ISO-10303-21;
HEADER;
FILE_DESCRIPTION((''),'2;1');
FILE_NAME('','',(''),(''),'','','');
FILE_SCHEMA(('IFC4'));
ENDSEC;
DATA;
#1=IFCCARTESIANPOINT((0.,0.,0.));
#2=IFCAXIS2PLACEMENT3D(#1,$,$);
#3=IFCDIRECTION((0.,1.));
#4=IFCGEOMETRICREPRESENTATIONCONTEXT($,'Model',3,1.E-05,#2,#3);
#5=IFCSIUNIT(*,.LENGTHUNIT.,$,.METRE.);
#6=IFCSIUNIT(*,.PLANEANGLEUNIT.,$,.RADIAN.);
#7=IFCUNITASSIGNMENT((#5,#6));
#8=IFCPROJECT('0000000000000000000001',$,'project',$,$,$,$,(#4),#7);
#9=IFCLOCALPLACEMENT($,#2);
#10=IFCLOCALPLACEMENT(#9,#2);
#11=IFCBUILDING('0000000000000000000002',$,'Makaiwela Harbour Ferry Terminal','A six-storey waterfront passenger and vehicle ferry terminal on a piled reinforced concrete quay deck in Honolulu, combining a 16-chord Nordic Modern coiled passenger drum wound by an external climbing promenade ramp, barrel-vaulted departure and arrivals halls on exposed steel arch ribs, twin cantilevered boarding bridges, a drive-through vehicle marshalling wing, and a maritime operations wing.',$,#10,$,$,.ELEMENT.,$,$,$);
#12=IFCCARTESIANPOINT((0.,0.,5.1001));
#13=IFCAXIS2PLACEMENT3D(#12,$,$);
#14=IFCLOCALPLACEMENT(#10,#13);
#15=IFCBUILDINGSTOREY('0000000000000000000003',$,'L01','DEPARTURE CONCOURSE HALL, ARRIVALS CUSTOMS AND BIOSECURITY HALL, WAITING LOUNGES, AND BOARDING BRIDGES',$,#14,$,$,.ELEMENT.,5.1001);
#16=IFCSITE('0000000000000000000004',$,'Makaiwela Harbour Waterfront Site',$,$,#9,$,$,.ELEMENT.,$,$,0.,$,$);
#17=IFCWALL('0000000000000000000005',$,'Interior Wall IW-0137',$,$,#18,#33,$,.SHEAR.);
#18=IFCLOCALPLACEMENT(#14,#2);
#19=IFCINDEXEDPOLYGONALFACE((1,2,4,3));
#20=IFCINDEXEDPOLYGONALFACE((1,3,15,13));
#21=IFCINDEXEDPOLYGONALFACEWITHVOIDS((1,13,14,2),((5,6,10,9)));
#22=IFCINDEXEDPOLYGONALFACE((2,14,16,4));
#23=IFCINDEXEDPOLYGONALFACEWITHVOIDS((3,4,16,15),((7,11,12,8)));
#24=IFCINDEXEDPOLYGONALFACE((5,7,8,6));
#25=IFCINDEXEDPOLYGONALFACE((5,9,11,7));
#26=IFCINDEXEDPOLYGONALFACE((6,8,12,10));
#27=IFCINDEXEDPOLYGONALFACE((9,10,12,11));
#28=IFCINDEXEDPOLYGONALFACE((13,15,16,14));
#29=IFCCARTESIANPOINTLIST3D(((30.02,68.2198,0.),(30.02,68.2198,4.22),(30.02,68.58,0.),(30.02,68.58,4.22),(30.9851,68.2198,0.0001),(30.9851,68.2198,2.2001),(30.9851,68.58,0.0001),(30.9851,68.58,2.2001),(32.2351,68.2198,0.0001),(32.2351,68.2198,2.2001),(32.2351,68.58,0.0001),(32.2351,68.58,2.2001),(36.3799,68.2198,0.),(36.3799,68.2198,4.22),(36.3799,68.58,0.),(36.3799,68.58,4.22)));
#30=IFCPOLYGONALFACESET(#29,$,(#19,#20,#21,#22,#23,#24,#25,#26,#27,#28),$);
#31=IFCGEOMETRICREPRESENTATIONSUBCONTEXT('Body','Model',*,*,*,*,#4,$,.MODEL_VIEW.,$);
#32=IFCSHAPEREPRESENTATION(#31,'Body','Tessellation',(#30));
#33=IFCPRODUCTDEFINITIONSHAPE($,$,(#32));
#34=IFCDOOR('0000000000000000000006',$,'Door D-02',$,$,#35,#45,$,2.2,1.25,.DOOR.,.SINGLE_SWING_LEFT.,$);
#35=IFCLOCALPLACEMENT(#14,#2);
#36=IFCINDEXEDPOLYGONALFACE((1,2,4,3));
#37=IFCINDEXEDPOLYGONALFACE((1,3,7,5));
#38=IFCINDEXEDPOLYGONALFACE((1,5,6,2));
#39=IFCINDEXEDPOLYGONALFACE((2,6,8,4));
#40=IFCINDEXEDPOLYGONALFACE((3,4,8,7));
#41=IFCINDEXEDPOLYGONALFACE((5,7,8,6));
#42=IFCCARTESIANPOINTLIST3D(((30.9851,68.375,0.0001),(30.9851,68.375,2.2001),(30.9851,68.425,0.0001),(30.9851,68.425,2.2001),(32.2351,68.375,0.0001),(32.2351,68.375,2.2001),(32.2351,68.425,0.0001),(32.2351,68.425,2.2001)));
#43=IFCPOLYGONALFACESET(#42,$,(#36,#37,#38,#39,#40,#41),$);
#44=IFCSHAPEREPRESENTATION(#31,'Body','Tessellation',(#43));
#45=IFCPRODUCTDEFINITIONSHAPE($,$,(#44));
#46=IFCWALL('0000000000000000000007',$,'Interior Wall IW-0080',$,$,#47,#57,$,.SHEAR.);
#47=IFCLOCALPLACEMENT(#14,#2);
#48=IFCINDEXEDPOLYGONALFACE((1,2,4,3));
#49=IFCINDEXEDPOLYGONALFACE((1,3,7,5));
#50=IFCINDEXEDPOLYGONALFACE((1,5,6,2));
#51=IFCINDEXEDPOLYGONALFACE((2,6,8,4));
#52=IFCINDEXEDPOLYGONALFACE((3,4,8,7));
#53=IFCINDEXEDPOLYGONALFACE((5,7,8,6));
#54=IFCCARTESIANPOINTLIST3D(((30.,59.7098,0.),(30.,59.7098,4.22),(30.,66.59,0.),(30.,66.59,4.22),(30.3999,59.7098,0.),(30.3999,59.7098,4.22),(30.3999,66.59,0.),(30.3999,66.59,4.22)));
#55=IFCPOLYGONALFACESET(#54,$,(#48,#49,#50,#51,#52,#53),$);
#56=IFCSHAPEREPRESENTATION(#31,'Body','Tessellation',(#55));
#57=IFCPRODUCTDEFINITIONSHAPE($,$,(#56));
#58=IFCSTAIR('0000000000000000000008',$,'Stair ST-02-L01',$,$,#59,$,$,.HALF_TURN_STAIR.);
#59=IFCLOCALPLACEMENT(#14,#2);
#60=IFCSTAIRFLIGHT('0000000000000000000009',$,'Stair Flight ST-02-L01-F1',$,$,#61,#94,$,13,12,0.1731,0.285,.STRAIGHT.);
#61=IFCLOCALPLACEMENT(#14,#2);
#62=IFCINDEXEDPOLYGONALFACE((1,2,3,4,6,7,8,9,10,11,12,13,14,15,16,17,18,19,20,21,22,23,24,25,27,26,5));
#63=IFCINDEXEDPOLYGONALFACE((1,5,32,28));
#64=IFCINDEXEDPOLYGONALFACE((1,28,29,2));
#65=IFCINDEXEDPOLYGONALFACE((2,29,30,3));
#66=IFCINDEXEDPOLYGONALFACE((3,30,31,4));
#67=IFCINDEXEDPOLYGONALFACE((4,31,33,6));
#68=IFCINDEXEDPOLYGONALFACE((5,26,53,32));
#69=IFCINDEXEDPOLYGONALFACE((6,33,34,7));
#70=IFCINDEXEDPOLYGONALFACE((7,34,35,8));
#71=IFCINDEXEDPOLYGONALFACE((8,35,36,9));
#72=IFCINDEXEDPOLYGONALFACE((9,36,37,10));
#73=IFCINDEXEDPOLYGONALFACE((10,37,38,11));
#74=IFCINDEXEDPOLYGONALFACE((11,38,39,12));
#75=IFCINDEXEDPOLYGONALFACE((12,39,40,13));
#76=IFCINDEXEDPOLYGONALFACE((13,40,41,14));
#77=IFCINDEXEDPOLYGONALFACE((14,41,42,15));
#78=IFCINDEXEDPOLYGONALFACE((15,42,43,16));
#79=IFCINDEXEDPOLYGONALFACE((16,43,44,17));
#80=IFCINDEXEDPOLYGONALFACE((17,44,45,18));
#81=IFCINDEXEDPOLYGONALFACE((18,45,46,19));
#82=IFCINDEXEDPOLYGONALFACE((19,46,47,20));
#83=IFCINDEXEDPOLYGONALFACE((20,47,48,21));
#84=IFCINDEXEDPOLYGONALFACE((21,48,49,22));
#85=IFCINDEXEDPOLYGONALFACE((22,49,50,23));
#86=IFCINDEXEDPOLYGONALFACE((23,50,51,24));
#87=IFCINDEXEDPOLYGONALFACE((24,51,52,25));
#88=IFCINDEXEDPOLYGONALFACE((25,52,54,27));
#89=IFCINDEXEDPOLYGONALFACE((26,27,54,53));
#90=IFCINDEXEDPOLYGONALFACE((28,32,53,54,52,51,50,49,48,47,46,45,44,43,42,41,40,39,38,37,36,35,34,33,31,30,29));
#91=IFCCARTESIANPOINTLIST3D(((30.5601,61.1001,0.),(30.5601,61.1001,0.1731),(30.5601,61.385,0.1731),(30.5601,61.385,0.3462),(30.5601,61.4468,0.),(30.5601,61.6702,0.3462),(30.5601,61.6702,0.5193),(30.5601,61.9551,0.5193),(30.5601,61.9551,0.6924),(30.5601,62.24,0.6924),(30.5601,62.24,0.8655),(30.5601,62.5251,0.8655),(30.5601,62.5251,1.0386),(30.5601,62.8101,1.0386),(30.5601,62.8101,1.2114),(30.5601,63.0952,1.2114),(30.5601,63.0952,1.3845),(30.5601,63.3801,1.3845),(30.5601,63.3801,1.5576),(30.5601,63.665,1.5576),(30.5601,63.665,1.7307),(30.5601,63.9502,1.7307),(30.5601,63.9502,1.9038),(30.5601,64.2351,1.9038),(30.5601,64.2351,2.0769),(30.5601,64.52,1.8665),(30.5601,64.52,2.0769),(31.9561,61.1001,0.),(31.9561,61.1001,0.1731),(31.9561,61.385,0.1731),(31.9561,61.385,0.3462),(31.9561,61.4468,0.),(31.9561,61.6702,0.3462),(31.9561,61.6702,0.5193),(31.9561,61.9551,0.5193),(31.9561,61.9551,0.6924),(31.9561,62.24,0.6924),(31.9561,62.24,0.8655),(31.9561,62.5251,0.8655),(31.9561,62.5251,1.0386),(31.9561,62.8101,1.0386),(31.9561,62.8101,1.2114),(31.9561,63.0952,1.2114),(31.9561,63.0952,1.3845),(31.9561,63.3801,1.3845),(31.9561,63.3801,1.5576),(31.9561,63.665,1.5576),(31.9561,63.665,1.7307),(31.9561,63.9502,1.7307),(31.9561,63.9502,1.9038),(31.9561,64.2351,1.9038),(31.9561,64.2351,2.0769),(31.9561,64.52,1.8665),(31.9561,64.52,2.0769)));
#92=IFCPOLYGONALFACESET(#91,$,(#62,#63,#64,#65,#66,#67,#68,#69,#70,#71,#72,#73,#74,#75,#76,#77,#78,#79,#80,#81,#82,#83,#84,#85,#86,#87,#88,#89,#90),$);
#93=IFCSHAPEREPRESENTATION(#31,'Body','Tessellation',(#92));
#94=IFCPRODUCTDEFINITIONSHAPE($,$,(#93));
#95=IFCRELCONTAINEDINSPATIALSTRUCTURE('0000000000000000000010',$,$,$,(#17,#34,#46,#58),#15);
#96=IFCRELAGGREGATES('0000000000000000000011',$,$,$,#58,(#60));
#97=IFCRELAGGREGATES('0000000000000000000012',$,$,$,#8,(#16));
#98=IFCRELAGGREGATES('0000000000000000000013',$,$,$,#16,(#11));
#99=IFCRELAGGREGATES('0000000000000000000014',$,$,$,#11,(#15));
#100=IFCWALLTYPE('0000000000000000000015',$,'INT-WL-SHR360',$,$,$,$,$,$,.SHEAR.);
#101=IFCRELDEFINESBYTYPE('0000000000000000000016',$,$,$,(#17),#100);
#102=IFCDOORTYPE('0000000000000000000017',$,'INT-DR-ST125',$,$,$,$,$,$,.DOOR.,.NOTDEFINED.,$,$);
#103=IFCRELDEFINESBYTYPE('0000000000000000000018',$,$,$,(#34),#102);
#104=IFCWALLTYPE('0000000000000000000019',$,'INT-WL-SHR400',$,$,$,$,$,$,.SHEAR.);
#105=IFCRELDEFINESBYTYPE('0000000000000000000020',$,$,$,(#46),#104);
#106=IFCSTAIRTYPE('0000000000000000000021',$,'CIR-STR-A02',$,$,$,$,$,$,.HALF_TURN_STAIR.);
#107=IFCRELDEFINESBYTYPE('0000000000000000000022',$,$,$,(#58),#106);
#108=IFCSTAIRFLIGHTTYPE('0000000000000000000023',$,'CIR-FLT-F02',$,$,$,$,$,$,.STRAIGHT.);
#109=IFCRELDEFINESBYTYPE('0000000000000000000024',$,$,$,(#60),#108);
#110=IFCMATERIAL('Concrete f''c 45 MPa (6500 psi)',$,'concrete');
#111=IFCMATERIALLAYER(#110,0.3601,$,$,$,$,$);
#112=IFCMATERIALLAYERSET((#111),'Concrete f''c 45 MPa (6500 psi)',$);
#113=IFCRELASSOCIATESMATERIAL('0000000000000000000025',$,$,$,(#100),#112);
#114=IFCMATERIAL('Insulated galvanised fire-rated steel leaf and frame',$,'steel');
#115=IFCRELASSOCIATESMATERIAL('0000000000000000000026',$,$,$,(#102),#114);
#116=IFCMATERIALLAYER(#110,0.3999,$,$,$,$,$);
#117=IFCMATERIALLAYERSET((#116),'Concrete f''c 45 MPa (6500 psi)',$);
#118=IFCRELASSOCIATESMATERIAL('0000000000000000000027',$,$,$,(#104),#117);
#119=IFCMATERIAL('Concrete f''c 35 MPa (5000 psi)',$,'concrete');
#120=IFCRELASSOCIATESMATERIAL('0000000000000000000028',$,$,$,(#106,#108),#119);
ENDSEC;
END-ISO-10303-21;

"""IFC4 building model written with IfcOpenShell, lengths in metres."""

from ifc_helpers import new_model, si_unit, direction, frame, frame_2d, origin, place, context, subcontext, project, spatial, polyline, rectangle, outline, extrude, material, layer, layer_set, type_object, element, fill, aggregate, save


model = new_model("IFC4")

# Units and contexts
model_context = context("Model", 3, precision=1e-05, world=origin(), true_north=direction((0.0, 1.0)))
body_context = subcontext(model_context, "Body", "Model", "MODEL_VIEW")
ifc_project = project(units=[si_unit("LENGTHUNIT", "METRE"), si_unit("PLANEANGLEUNIT", "RADIAN")], contexts=[model_context])

# Site, building, storey
site_placement = place(None, origin())
site = spatial("IfcSite", under=ifc_project, at=site_placement, Name="Makaiwela Harbour Waterfront Site", CompositionType="ELEMENT", RefElevation=0.0)
building_placement = place(site_placement, origin())
building = spatial("IfcBuilding", under=site, at=building_placement, Name="Makaiwela Harbour Ferry Terminal", Description="A six-storey waterfront passenger and vehicle ferry terminal on a piled reinforced concrete quay deck in Honolulu, combining a 16-chord Nordic Modern coiled passenger drum wound by an external climbing promenade ramp, barrel-vaulted departure and arrivals halls on exposed steel arch ribs, twin cantilevered boarding bridges, a drive-through vehicle marshalling wing, and a maritime operations wing.", CompositionType="ELEMENT")
storey_placement = place(building_placement, frame((0.0, 0.0, 5.1001)))
storey = spatial("IfcBuildingStorey", under=building, at=storey_placement, Name="L01", Description="DEPARTURE CONCOURSE HALL, ARRIVALS CUSTOMS AND BIOSECURITY HALL, WAITING LOUNGES, AND BOARDING BRIDGES", CompositionType="ELEMENT", Elevation=5.1001)

# Wall, opening, door
ifc_material_1 = material(Name="Concrete f'c 45 MPa (6500 psi)", Category="concrete")
ifc_layer_1 = layer(ifc_material_1, 0.3601)
ifc_layer_set_1 = layer_set([ifc_layer_1], Name="Concrete f'c 45 MPa (6500 psi)")
wall_type_1 = type_object("IfcWallType", Name="INT-WL-SHR360", PredefinedType="SHEAR", material=ifc_layer_set_1)
wall_1_placement = place(storey_placement, frame((30.02, 68.3999, 0.0), z_axis=(0.0, 0.0, 1.0), x_axis=(1.0, 0.0, 0.0)))
wall_1 = element("IfcWall", 1, at=wall_1_placement, inside=storey, type_object=wall_type_1, Name="Interior Wall IW-0137", PredefinedType="SHEAR", context=body_context, shape_type="SweptSolid", body=[
    extrude(rectangle(XDim=6.3599, YDim=0.3601, at=frame_2d((3.1799, 0.0))), origin(), (0.0, 0.0, 1.0), 4.22),
])
opening_1_placement = place(wall_1_placement, frame((0.9651, 0.0, 0.0)))
opening_1 = element("IfcOpeningElement", 2, at=opening_1_placement, cuts=wall_1, PredefinedType="OPENING", context=body_context, shape_type="SweptSolid", body=[
    extrude(rectangle(XDim=1.25, YDim=2.2, at=frame_2d((0.625, 1.1001))), frame((0.0, 0.1899, 0.0), z_axis=(0.0, -1.0, 0.0), x_axis=(1.0, 0.0, 0.0)), (0.0, 0.0, 1.0), 0.3801),
])
ifc_material_2 = material(Name="Insulated galvanised fire-rated steel leaf and frame", Category="steel")
door_type_1 = type_object("IfcDoorType", Name="INT-DR-ST125", OperationType="NOTDEFINED", PredefinedType="DOOR", material=ifc_material_2)
door_1_placement = place(opening_1_placement, frame((1.25, 0.0, 0.0), z_axis=(0.0, 0.0, 1.0), x_axis=(-1.0, 0.0, 0.0)))
door_1 = element("IfcDoor", 3, at=door_1_placement, inside=storey, type_object=door_type_1, Name="Door D-02", OperationType="SINGLE_SWING_LEFT", OverallHeight=2.2, OverallWidth=1.25, PredefinedType="DOOR", context=body_context, shape_type="SweptSolid", body=[
    extrude(rectangle(XDim=1.25, YDim=2.2, at=frame_2d((0.625, 1.1001))), frame((0.0, 0.0249, 0.0), z_axis=(0.0, -1.0, 0.0), x_axis=(1.0, 0.0, 0.0)), (0.0, 0.0, 1.0), 0.05),
])
fill(opening_1, door_1)

# Shared definitions
ifc_layer_2 = layer(ifc_material_1, 0.3999)
ifc_layer_set_2 = layer_set([ifc_layer_2], Name="Concrete f'c 45 MPa (6500 psi)")
wall_type_2 = type_object("IfcWallType", Name="INT-WL-SHR400", PredefinedType="SHEAR", material=ifc_layer_set_2)

# Wall
wall_2_placement = place(storey_placement, frame((30.2, 59.71, 0.0), z_axis=(0.0, 0.0, 1.0), x_axis=(0.0, 1.0, 0.0)))
element("IfcWall", 4, at=wall_2_placement, inside=storey, type_object=wall_type_2, Name="Interior Wall IW-0080", PredefinedType="SHEAR", context=body_context, shape_type="SweptSolid", body=[
    extrude(rectangle(XDim=6.8801, YDim=0.3999, at=frame_2d((3.4399, 0.0))), origin(), (0.0, 0.0, 1.0), 4.22),
])

# Stair, stair flight
ifc_material_3 = material(Name="Concrete f'c 35 MPa (5000 psi)", Category="concrete")
stair_type = type_object("IfcStairType", Name="CIR-STR-A02", PredefinedType="HALF_TURN_STAIR", material=ifc_material_3)
stair_placement = place(storey_placement, origin())
stair = element("IfcStair", 5, at=stair_placement, inside=storey, type_object=stair_type, Name="Stair ST-02-L01", PredefinedType="HALF_TURN_STAIR")
stair_flight_type = type_object("IfcStairFlightType", Name="CIR-FLT-F02", PredefinedType="STRAIGHT", material=ifc_material_3)
stair_flight_placement = place(storey_placement, frame((31.2581, 61.1001, 0.0), z_axis=(0.0, 0.0, 1.0), x_axis=(0.0, 1.0, 0.0)))
stair_flight = element("IfcStairFlight", 6, at=stair_flight_placement, type_object=stair_flight_type, Name="Stair Flight ST-02-L01-F1", NumberOfRisers=13, NumberOfTreads=12, PredefinedType="STRAIGHT", RiserHeight=0.1731, TreadLength=0.285, context=body_context, shape_type="SweptSolid", body=[
    extrude(outline(polyline([(0.0, 0.0), (0.0, 0.1731), (0.2849, 0.1731), (0.2849, 0.3462), (0.5701, 0.3462), (0.5701, 0.5193), (0.855, 0.5193), (0.855, 0.6924), (1.1399, 0.6924), (1.1399, 0.8655), (1.425, 0.8655), (1.425, 1.0386), (1.71, 1.0386), (1.71, 1.2114), (1.9951, 1.2114), (1.9951, 1.3845), (2.28, 1.3845), (2.28, 1.5576), (2.5649, 1.5576), (2.5649, 1.7307), (2.8501, 1.7307), (2.8501, 1.9038), (3.135, 1.9038), (3.135, 2.0769), (3.4199, 2.0769), (3.4199, 2.25), (3.4199, 1.8665), (0.3467, 0.0), (0.0, 0.0)])), frame((0.0, 0.698, 0.0), z_axis=(0.0, -1.0, 0.0), x_axis=(1.0, 0.0, 0.0)), (0.0, 0.0, 1.0), 1.396),
])
aggregate(stair, [stair_flight])

save(model, "model.ifc")
